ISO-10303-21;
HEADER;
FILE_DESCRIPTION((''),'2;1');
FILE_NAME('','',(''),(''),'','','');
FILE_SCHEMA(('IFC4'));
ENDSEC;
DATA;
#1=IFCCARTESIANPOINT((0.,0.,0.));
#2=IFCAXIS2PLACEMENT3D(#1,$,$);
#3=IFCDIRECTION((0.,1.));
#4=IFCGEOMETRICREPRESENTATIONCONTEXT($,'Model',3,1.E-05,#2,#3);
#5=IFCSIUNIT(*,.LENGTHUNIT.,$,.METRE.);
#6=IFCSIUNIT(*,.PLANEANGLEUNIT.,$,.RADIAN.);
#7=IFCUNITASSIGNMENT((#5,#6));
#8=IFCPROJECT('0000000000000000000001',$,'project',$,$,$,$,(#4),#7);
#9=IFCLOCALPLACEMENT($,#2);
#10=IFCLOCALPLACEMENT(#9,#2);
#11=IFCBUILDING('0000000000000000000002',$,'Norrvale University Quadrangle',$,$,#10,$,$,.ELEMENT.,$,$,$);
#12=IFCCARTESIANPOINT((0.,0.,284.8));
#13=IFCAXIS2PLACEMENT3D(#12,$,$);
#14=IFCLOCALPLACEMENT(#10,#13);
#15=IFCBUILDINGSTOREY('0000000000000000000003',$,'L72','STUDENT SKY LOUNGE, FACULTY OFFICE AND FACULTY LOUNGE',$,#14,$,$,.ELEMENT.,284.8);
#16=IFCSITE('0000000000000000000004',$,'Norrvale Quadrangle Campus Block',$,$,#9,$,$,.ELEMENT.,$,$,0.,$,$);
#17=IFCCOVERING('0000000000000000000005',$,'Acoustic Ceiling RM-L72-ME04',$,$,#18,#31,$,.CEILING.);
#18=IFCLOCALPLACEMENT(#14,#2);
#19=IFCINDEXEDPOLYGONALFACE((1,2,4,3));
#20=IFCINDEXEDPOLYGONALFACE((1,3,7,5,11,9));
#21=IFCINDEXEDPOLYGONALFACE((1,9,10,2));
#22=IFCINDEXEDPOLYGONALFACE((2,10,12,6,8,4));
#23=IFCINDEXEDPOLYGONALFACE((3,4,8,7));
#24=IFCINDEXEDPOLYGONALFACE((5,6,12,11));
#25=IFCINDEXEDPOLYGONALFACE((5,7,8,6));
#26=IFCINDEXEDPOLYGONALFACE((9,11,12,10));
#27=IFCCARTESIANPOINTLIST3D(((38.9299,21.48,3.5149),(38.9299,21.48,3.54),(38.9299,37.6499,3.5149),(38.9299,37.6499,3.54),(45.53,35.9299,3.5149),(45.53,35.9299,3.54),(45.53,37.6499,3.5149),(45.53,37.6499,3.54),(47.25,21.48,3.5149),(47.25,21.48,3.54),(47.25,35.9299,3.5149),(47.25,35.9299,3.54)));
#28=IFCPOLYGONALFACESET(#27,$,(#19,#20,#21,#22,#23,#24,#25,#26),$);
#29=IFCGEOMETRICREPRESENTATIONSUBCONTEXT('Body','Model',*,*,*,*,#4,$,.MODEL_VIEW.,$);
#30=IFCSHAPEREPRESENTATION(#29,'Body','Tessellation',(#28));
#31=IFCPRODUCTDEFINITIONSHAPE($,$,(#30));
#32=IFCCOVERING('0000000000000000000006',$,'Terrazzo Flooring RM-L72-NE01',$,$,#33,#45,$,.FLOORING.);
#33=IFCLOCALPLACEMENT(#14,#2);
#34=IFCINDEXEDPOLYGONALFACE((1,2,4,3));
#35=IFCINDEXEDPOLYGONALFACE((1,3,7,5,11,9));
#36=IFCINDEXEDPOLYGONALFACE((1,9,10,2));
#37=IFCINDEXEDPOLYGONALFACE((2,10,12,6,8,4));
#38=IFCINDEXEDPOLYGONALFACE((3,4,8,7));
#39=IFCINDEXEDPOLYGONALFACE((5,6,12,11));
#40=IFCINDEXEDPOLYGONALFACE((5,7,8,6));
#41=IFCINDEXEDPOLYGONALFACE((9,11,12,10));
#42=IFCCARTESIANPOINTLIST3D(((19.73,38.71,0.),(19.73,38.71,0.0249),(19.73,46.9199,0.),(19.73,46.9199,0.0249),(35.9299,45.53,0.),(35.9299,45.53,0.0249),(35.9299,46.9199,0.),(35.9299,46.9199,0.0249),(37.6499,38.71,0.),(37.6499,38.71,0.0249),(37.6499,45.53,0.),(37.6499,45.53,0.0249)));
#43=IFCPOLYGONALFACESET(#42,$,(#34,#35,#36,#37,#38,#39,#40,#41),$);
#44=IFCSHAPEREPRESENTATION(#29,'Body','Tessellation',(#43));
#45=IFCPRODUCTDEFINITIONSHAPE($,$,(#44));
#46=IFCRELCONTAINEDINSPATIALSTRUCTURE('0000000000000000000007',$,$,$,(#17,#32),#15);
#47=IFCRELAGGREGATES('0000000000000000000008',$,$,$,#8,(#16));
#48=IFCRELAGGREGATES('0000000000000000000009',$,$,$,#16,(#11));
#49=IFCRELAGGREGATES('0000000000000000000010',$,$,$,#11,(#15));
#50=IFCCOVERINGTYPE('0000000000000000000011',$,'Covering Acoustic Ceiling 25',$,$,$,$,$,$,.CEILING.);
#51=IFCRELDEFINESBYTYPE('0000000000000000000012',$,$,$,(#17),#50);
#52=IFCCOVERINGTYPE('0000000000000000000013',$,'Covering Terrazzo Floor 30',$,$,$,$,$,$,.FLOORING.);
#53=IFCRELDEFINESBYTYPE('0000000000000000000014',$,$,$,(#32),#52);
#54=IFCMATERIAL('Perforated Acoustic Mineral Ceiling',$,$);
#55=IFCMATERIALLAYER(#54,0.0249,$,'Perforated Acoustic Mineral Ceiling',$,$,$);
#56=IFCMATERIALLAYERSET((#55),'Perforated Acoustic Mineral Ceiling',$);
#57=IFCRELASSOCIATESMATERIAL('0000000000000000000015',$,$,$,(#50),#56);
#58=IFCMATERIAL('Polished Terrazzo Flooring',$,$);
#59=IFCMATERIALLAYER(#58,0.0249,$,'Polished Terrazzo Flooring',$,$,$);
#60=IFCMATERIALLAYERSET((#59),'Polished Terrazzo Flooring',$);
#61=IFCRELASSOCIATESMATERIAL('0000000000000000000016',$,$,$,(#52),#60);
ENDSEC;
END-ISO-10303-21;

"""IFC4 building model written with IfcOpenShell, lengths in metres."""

from ifc_helpers import new_model, si_unit, direction, frame, origin, place, context, subcontext, project, spatial, polyline, outline, extrude, material, layer, layer_set, type_object, element, save


model = new_model("IFC4")

# Units and contexts
model_context = context("Model", 3, precision=1e-05, world=origin(), true_north=direction((0.0, 1.0)))
body_context = subcontext(model_context, "Body", "Model", "MODEL_VIEW")
ifc_project = project(units=[si_unit("LENGTHUNIT", "METRE"), si_unit("PLANEANGLEUNIT", "RADIAN")], contexts=[model_context])

# Site, building, storey
site_placement = place(None, origin())
site = spatial("IfcSite", under=ifc_project, at=site_placement, Name="Norrvale Quadrangle Campus Block", CompositionType="ELEMENT", RefElevation=0.0)
building_placement = place(site_placement, origin())
building = spatial("IfcBuilding", under=site, at=building_placement, Name="Norrvale University Quadrangle", CompositionType="ELEMENT")
storey_placement = place(building_placement, frame((0.0, 0.0, 284.8)))
storey = spatial("IfcBuildingStorey", under=building, at=storey_placement, Name="L72", Description="STUDENT SKY LOUNGE, FACULTY OFFICE AND FACULTY LOUNGE", CompositionType="ELEMENT", Elevation=284.8)

# Coverings
ifc_material_1 = material(Name="Perforated Acoustic Mineral Ceiling")
ifc_layer_1 = layer(ifc_material_1, 0.0249, Name="Perforated Acoustic Mineral Ceiling")
ifc_layer_set_1 = layer_set([ifc_layer_1], Name="Perforated Acoustic Mineral Ceiling")
covering_type_1 = type_object("IfcCoveringType", Name="Covering Acoustic Ceiling 25", PredefinedType="CEILING", material=ifc_layer_set_1)
covering_1_placement = place(storey_placement, frame((0.0, 0.0, 3.5149)))
element("IfcCovering", 1, at=covering_1_placement, inside=storey, type_object=covering_type_1, Name="Acoustic Ceiling RM-L72-ME04", PredefinedType="CEILING", context=body_context, shape_type="SweptSolid", body=[
    extrude(outline(polyline([(47.25, 21.48), (38.9299, 21.48), (38.9299, 37.6499), (45.53, 37.6499), (45.53, 35.9299), (47.25, 35.9299), (47.25, 21.48)])), origin(), (0.0, 0.0, 1.0), 0.0251),
])
ifc_material_2 = material(Name="Polished Terrazzo Flooring")
ifc_layer_2 = layer(ifc_material_2, 0.0249, Name="Polished Terrazzo Flooring")
ifc_layer_set_2 = layer_set([ifc_layer_2], Name="Polished Terrazzo Flooring")
covering_type_2 = type_object("IfcCoveringType", Name="Covering Terrazzo Floor 30", PredefinedType="FLOORING", material=ifc_layer_set_2)
covering_2_placement = place(storey_placement, origin())
element("IfcCovering", 2, at=covering_2_placement, inside=storey, type_object=covering_type_2, Name="Terrazzo Flooring RM-L72-NE01", PredefinedType="FLOORING", context=body_context, shape_type="SweptSolid", body=[
    extrude(outline(polyline([(37.6499, 38.71), (19.73, 38.71), (19.73, 46.9199), (35.9299, 46.9199), (35.9299, 45.53), (37.6499, 45.53), (37.6499, 38.71)])), origin(), (0.0, 0.0, 1.0), 0.0249),
])

save(model, "model.ifc")
